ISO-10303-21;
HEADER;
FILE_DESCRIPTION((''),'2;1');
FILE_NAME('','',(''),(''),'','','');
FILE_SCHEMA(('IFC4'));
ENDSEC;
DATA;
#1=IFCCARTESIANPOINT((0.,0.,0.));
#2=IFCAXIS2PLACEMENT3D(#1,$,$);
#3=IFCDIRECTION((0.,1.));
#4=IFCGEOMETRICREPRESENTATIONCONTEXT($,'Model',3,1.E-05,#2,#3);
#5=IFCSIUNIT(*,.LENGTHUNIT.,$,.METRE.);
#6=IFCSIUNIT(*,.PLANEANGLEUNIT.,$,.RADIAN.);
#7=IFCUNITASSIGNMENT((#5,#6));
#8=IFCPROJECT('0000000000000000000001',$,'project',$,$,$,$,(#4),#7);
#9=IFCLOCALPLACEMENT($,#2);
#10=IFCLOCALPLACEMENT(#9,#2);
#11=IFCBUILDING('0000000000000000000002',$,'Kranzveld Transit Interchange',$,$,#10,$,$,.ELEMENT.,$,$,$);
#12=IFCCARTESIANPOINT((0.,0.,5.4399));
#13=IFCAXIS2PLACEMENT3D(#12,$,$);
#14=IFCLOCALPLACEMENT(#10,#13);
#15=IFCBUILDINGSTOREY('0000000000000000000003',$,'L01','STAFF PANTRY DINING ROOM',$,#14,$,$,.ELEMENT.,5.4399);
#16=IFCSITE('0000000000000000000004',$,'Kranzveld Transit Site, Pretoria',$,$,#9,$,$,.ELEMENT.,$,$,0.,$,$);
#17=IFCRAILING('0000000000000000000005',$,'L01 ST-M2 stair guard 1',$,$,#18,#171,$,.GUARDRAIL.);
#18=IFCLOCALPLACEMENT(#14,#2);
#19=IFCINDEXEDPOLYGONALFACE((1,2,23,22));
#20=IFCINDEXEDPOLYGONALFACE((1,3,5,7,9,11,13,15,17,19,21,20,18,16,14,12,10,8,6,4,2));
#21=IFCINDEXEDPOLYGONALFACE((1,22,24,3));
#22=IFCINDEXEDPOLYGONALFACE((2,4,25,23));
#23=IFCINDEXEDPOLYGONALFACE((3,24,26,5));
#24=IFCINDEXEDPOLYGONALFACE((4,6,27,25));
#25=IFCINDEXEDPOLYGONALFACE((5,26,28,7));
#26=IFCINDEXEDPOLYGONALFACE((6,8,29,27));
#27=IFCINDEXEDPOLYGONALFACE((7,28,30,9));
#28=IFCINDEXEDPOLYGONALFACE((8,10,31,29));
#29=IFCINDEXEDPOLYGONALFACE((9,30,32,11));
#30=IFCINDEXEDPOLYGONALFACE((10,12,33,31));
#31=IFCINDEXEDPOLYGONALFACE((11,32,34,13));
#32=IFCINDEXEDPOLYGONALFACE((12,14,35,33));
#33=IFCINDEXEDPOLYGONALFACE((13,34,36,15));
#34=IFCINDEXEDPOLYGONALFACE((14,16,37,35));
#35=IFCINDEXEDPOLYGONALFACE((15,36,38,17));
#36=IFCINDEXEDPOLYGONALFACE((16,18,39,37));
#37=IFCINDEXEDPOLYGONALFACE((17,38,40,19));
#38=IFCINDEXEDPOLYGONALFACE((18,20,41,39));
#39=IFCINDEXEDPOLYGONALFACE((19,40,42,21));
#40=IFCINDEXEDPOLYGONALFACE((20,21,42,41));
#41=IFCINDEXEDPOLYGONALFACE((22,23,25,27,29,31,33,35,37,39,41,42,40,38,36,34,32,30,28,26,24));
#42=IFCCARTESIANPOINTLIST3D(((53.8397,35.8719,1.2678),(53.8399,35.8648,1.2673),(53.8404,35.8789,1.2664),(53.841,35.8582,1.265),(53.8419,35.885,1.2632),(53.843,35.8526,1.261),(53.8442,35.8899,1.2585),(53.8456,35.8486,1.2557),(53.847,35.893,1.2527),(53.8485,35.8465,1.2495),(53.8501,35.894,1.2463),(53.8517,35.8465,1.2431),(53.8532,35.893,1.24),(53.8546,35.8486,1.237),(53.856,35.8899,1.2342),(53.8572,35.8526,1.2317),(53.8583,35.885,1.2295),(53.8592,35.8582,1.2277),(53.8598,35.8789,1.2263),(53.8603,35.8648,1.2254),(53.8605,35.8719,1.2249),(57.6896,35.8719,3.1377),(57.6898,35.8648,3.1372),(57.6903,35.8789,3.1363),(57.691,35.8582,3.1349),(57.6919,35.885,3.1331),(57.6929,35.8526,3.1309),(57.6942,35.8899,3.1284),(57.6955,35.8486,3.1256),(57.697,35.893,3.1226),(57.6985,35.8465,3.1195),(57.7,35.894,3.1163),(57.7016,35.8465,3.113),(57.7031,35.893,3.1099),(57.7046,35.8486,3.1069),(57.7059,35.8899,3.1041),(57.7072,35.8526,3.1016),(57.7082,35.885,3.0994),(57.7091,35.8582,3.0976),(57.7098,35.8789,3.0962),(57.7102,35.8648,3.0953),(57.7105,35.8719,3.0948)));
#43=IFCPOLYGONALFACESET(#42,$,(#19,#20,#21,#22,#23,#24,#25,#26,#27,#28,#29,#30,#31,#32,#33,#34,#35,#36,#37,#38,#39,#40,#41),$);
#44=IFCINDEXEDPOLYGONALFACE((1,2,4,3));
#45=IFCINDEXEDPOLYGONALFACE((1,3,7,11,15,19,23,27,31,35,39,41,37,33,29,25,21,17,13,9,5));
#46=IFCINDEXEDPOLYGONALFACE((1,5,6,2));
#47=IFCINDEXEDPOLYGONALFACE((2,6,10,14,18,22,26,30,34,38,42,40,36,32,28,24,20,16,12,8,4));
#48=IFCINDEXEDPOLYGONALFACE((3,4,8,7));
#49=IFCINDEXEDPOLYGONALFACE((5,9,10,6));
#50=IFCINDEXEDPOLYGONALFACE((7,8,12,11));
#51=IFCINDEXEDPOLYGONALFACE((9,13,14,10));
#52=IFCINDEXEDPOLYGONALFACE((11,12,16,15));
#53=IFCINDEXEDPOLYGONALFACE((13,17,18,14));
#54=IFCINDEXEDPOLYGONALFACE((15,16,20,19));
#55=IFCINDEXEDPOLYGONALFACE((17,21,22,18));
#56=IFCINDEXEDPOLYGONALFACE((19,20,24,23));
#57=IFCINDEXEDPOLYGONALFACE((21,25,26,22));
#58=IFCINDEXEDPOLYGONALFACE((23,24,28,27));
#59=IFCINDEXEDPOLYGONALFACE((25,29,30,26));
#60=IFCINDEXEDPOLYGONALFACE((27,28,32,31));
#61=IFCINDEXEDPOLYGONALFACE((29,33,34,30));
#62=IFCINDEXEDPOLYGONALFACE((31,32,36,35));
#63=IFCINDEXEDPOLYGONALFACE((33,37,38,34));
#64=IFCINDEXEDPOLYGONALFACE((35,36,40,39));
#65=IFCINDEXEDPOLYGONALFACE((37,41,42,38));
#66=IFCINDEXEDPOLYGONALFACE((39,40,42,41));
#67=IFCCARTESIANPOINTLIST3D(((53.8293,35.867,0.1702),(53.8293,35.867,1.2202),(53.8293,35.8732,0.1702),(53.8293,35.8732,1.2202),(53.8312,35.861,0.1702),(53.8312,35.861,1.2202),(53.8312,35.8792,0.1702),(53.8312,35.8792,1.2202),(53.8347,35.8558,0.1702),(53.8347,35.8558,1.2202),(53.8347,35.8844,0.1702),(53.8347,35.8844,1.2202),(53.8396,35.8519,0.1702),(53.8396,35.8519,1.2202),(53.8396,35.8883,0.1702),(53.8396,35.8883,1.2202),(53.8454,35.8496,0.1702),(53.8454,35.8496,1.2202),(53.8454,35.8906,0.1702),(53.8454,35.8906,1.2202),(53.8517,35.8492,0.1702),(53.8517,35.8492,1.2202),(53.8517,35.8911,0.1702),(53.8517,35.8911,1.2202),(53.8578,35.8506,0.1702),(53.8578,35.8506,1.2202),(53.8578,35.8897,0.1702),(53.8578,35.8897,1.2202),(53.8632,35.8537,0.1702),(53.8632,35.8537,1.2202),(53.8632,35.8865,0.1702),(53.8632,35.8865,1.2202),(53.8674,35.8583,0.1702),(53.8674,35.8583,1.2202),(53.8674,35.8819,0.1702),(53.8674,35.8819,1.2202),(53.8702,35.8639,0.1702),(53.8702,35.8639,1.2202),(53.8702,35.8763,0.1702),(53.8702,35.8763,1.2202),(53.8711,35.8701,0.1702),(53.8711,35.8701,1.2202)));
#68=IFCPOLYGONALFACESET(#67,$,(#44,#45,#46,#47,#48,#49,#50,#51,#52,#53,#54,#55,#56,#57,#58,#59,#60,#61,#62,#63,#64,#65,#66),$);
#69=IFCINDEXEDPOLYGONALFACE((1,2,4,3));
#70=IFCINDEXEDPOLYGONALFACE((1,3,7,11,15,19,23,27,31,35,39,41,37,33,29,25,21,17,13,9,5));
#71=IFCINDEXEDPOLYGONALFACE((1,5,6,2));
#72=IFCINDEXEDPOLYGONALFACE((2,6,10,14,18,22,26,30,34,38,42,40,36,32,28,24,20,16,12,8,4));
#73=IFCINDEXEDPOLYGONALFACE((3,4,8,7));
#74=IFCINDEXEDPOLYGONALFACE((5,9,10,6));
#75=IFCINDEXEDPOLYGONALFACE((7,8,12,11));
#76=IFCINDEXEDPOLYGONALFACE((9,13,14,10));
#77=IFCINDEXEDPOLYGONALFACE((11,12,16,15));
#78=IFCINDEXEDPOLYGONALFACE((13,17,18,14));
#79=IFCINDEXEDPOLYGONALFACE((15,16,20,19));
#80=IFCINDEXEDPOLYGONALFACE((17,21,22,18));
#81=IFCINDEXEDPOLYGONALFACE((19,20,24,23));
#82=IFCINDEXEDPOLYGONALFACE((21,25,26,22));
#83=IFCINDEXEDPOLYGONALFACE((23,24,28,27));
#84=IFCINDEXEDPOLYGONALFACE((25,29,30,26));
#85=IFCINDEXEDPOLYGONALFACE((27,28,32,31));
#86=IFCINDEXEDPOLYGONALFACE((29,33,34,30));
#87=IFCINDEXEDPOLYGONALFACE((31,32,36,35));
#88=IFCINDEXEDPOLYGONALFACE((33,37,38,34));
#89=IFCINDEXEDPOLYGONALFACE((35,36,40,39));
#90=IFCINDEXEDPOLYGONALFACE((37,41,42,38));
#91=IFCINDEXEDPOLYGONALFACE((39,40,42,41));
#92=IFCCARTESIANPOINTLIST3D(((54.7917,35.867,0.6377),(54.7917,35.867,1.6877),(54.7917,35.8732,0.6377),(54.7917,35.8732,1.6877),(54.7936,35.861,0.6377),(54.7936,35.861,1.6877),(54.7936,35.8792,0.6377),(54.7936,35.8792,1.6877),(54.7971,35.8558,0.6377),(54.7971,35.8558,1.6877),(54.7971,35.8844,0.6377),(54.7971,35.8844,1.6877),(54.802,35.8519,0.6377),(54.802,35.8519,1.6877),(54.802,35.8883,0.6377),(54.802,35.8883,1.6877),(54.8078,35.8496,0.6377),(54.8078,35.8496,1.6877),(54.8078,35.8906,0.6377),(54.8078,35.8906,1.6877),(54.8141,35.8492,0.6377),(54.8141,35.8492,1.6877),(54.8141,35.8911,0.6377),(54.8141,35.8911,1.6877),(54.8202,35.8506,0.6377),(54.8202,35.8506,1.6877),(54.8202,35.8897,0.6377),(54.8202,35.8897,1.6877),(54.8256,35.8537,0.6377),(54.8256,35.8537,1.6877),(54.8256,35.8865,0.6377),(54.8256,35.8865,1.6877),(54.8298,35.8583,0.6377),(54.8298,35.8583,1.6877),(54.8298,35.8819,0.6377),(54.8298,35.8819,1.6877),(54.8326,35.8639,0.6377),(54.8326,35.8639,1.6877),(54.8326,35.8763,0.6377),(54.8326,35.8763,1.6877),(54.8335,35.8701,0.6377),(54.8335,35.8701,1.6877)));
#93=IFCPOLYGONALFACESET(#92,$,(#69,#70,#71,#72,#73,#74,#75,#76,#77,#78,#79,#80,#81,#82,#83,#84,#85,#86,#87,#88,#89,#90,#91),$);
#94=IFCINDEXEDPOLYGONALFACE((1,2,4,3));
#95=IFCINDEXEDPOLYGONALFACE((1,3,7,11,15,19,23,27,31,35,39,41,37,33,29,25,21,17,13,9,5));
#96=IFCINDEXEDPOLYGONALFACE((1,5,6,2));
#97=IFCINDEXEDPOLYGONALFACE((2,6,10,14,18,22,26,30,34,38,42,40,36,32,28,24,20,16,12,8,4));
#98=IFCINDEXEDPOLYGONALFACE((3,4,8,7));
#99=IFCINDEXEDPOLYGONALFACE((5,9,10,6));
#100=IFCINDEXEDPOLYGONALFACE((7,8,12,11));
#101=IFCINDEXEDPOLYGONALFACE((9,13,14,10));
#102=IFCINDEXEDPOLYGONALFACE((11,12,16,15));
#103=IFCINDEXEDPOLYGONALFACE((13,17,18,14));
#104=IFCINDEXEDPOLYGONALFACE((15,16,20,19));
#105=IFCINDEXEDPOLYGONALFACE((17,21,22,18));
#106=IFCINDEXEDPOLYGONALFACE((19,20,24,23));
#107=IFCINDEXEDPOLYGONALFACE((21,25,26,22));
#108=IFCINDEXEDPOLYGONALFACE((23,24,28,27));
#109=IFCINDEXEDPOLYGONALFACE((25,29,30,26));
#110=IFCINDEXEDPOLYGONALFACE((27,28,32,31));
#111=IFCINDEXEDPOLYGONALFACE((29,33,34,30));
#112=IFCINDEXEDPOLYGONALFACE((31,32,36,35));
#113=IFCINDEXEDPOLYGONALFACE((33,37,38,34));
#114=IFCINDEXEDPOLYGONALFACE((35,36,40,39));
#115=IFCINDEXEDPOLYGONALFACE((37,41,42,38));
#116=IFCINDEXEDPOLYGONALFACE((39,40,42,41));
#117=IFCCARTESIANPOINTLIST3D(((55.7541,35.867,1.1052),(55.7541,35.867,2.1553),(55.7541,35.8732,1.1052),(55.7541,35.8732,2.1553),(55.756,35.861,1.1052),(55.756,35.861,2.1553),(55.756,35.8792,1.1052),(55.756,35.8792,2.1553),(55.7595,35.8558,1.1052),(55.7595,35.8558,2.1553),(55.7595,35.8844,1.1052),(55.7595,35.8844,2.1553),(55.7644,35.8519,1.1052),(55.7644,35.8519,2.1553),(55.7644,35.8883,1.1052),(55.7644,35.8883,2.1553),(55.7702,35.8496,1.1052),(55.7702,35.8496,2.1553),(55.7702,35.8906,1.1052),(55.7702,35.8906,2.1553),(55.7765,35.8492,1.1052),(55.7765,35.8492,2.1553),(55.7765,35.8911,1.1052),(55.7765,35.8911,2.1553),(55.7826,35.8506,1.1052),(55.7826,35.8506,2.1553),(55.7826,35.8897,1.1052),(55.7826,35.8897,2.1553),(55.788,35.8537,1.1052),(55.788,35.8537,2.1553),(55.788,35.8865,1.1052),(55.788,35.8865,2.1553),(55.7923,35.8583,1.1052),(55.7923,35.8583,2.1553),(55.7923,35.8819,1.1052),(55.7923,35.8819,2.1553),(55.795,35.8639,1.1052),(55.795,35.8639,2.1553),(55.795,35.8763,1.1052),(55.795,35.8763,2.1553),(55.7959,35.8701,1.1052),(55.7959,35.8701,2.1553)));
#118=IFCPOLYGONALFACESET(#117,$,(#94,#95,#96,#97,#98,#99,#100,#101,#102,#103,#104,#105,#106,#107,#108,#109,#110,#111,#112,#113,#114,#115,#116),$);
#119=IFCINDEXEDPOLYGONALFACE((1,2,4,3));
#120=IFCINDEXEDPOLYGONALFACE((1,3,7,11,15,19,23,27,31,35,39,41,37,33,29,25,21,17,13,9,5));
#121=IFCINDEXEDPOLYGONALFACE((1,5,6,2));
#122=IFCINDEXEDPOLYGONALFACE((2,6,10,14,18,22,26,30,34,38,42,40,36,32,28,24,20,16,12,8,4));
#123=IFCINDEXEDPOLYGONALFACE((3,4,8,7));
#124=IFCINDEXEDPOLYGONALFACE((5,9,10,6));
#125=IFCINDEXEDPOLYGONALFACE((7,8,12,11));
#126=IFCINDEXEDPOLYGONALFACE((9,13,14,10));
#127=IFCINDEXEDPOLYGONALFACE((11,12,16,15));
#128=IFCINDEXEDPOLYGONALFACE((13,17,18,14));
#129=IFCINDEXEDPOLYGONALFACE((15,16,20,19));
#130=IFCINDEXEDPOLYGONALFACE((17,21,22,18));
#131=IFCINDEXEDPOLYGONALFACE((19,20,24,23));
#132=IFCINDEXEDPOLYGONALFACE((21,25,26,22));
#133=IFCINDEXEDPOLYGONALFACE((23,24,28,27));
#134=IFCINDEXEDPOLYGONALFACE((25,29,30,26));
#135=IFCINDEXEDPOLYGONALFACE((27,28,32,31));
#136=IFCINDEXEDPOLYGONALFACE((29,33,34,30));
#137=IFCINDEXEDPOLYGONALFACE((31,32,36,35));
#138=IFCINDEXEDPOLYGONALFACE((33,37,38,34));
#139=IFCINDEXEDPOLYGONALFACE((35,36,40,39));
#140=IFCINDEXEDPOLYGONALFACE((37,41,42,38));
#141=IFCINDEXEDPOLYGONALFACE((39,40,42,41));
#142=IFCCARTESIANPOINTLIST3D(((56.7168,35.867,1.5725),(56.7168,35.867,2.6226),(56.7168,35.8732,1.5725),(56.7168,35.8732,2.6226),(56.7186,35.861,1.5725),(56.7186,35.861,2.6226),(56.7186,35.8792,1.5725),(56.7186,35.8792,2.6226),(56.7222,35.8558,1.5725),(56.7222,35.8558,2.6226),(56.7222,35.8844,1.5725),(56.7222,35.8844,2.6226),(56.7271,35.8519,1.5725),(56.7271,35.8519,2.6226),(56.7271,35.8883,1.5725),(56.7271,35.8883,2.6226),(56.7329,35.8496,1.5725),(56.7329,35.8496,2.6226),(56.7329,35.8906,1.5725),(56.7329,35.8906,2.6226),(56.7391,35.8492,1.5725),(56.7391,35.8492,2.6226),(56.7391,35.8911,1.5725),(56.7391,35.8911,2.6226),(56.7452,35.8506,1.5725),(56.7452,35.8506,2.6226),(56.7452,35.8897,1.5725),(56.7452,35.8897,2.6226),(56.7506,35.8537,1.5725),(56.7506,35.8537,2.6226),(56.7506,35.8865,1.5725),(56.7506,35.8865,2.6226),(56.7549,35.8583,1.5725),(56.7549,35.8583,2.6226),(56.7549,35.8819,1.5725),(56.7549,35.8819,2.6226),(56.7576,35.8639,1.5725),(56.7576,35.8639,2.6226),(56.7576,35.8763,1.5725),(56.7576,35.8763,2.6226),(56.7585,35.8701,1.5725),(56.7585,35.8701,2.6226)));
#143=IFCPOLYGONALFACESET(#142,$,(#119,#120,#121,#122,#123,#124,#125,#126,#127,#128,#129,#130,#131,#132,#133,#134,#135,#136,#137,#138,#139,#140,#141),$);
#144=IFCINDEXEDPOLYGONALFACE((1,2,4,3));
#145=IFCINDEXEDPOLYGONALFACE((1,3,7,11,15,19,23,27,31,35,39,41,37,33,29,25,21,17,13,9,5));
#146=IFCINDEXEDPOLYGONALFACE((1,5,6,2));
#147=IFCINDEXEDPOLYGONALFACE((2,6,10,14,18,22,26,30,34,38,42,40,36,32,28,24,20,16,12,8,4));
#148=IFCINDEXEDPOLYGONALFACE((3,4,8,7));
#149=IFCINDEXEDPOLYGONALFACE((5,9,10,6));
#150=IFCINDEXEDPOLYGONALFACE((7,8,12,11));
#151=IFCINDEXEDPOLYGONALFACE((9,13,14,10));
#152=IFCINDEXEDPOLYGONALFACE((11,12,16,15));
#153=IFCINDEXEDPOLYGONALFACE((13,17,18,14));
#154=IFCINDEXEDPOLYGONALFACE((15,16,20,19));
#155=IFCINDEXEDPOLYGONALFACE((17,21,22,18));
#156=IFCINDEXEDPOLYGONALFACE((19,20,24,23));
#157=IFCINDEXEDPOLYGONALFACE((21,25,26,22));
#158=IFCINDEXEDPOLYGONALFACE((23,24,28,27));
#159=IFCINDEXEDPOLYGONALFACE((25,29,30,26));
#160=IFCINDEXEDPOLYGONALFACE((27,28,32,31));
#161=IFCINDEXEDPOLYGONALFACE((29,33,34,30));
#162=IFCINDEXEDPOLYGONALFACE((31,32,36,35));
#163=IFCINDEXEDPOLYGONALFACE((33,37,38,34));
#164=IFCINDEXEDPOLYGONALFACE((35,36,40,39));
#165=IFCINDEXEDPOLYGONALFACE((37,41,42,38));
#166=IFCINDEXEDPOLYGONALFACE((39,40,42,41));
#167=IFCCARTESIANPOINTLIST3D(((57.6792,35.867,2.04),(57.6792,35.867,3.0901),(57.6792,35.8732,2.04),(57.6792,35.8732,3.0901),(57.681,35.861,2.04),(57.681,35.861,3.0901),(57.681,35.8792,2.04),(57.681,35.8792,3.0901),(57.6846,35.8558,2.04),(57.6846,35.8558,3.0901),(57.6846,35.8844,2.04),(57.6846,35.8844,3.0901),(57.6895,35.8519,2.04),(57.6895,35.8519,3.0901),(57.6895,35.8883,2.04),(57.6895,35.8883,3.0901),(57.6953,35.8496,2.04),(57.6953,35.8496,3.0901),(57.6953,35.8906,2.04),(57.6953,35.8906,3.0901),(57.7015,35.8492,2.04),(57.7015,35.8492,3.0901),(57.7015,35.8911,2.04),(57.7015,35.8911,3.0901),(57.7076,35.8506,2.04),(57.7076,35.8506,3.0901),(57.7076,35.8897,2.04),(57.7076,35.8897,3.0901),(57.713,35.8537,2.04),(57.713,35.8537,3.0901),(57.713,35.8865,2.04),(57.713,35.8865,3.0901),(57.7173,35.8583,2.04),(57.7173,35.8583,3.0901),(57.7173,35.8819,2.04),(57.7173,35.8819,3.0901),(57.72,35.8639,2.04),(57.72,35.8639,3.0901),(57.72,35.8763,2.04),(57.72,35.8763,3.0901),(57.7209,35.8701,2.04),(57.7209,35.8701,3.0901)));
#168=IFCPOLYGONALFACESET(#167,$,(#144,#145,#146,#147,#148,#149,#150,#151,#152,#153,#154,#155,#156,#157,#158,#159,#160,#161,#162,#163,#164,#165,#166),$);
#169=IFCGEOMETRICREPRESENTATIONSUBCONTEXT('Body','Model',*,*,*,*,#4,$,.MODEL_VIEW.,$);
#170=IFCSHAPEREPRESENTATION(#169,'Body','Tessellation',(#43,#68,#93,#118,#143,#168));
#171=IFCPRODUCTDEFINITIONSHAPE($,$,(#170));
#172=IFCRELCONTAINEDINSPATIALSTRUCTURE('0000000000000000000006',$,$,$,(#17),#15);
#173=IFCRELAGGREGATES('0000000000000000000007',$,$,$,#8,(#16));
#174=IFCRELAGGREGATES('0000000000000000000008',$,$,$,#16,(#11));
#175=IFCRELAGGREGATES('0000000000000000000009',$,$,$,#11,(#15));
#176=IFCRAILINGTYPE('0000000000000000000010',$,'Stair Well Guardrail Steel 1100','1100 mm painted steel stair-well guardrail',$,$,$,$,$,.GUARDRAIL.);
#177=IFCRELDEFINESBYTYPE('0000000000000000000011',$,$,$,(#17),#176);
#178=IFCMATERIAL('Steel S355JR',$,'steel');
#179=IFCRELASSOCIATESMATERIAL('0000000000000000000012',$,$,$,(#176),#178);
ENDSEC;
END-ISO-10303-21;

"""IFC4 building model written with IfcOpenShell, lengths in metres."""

from ifc_helpers import new_model, si_unit, direction, frame, origin, origin_2d, place, context, subcontext, project, spatial, circle, extrude, material, type_object, element, save


model = new_model("IFC4")

# Units and contexts
model_context = context("Model", 3, precision=1e-05, world=origin(), true_north=direction((0.0, 1.0)))
body_context = subcontext(model_context, "Body", "Model", "MODEL_VIEW")
ifc_project = project(units=[si_unit("LENGTHUNIT", "METRE"), si_unit("PLANEANGLEUNIT", "RADIAN")], contexts=[model_context])

# Site, building, storey
site_placement = place(None, origin())
site = spatial("IfcSite", under=ifc_project, at=site_placement, Name="Kranzveld Transit Site, Pretoria", CompositionType="ELEMENT", RefElevation=0.0)
building_placement = place(site_placement, origin())
building = spatial("IfcBuilding", under=site, at=building_placement, Name="Kranzveld Transit Interchange", CompositionType="ELEMENT")
storey_placement = place(building_placement, frame((0.0, 0.0, 5.4399)))
storey = spatial("IfcBuildingStorey", under=building, at=storey_placement, Name="L01", Description="STAFF PANTRY DINING ROOM", CompositionType="ELEMENT", Elevation=5.4399)

# Railing
ifc_material_1 = material(Name="Steel S355JR", Category="steel")
railing_type_1 = type_object("IfcRailingType", Name="Stair Well Guardrail Steel 1100", Description="1100 mm painted steel stair-well guardrail", PredefinedType="GUARDRAIL", material=ifc_material_1)
railing_1_placement = place(storey_placement, frame((53.8501, 35.8701, 0.1702)))
element("IfcRailing", 1, at=railing_1_placement, inside=storey, type_object=railing_type_1, Name="L01 ST-M2 stair guard 1", PredefinedType="GUARDRAIL", context=body_context, shape_type="SweptSolid", body=[
    extrude(circle(Radius=0.0239, at=origin_2d()), frame((0.0, 0.0, 1.0762), z_axis=(0.899513, 0.0, 0.436893), x_axis=(0.0, 1.0, 0.0)), (0.0, 0.0, 1.0), 4.28),
    extrude(circle(Radius=0.021, at=origin_2d()), origin(), (0.0, 0.0, 1.0), 1.05),
    extrude(circle(Radius=0.021, at=origin_2d()), frame((0.9624, 0.0, 0.4675)), (0.0, 0.0, 1.0), 1.05),
    extrude(circle(Radius=0.021, at=origin_2d()), frame((1.9248, 0.0, 0.9351)), (0.0, 0.0, 1.0), 1.05),
    extrude(circle(Radius=0.021, at=origin_2d()), frame((2.8875, 0.0, 1.4023)), (0.0, 0.0, 1.0), 1.05),
    extrude(circle(Radius=0.021, at=origin_2d()), frame((3.8499, 0.0, 1.8699)), (0.0, 0.0, 1.0), 1.05),
])

save(model, "model.ifc")
